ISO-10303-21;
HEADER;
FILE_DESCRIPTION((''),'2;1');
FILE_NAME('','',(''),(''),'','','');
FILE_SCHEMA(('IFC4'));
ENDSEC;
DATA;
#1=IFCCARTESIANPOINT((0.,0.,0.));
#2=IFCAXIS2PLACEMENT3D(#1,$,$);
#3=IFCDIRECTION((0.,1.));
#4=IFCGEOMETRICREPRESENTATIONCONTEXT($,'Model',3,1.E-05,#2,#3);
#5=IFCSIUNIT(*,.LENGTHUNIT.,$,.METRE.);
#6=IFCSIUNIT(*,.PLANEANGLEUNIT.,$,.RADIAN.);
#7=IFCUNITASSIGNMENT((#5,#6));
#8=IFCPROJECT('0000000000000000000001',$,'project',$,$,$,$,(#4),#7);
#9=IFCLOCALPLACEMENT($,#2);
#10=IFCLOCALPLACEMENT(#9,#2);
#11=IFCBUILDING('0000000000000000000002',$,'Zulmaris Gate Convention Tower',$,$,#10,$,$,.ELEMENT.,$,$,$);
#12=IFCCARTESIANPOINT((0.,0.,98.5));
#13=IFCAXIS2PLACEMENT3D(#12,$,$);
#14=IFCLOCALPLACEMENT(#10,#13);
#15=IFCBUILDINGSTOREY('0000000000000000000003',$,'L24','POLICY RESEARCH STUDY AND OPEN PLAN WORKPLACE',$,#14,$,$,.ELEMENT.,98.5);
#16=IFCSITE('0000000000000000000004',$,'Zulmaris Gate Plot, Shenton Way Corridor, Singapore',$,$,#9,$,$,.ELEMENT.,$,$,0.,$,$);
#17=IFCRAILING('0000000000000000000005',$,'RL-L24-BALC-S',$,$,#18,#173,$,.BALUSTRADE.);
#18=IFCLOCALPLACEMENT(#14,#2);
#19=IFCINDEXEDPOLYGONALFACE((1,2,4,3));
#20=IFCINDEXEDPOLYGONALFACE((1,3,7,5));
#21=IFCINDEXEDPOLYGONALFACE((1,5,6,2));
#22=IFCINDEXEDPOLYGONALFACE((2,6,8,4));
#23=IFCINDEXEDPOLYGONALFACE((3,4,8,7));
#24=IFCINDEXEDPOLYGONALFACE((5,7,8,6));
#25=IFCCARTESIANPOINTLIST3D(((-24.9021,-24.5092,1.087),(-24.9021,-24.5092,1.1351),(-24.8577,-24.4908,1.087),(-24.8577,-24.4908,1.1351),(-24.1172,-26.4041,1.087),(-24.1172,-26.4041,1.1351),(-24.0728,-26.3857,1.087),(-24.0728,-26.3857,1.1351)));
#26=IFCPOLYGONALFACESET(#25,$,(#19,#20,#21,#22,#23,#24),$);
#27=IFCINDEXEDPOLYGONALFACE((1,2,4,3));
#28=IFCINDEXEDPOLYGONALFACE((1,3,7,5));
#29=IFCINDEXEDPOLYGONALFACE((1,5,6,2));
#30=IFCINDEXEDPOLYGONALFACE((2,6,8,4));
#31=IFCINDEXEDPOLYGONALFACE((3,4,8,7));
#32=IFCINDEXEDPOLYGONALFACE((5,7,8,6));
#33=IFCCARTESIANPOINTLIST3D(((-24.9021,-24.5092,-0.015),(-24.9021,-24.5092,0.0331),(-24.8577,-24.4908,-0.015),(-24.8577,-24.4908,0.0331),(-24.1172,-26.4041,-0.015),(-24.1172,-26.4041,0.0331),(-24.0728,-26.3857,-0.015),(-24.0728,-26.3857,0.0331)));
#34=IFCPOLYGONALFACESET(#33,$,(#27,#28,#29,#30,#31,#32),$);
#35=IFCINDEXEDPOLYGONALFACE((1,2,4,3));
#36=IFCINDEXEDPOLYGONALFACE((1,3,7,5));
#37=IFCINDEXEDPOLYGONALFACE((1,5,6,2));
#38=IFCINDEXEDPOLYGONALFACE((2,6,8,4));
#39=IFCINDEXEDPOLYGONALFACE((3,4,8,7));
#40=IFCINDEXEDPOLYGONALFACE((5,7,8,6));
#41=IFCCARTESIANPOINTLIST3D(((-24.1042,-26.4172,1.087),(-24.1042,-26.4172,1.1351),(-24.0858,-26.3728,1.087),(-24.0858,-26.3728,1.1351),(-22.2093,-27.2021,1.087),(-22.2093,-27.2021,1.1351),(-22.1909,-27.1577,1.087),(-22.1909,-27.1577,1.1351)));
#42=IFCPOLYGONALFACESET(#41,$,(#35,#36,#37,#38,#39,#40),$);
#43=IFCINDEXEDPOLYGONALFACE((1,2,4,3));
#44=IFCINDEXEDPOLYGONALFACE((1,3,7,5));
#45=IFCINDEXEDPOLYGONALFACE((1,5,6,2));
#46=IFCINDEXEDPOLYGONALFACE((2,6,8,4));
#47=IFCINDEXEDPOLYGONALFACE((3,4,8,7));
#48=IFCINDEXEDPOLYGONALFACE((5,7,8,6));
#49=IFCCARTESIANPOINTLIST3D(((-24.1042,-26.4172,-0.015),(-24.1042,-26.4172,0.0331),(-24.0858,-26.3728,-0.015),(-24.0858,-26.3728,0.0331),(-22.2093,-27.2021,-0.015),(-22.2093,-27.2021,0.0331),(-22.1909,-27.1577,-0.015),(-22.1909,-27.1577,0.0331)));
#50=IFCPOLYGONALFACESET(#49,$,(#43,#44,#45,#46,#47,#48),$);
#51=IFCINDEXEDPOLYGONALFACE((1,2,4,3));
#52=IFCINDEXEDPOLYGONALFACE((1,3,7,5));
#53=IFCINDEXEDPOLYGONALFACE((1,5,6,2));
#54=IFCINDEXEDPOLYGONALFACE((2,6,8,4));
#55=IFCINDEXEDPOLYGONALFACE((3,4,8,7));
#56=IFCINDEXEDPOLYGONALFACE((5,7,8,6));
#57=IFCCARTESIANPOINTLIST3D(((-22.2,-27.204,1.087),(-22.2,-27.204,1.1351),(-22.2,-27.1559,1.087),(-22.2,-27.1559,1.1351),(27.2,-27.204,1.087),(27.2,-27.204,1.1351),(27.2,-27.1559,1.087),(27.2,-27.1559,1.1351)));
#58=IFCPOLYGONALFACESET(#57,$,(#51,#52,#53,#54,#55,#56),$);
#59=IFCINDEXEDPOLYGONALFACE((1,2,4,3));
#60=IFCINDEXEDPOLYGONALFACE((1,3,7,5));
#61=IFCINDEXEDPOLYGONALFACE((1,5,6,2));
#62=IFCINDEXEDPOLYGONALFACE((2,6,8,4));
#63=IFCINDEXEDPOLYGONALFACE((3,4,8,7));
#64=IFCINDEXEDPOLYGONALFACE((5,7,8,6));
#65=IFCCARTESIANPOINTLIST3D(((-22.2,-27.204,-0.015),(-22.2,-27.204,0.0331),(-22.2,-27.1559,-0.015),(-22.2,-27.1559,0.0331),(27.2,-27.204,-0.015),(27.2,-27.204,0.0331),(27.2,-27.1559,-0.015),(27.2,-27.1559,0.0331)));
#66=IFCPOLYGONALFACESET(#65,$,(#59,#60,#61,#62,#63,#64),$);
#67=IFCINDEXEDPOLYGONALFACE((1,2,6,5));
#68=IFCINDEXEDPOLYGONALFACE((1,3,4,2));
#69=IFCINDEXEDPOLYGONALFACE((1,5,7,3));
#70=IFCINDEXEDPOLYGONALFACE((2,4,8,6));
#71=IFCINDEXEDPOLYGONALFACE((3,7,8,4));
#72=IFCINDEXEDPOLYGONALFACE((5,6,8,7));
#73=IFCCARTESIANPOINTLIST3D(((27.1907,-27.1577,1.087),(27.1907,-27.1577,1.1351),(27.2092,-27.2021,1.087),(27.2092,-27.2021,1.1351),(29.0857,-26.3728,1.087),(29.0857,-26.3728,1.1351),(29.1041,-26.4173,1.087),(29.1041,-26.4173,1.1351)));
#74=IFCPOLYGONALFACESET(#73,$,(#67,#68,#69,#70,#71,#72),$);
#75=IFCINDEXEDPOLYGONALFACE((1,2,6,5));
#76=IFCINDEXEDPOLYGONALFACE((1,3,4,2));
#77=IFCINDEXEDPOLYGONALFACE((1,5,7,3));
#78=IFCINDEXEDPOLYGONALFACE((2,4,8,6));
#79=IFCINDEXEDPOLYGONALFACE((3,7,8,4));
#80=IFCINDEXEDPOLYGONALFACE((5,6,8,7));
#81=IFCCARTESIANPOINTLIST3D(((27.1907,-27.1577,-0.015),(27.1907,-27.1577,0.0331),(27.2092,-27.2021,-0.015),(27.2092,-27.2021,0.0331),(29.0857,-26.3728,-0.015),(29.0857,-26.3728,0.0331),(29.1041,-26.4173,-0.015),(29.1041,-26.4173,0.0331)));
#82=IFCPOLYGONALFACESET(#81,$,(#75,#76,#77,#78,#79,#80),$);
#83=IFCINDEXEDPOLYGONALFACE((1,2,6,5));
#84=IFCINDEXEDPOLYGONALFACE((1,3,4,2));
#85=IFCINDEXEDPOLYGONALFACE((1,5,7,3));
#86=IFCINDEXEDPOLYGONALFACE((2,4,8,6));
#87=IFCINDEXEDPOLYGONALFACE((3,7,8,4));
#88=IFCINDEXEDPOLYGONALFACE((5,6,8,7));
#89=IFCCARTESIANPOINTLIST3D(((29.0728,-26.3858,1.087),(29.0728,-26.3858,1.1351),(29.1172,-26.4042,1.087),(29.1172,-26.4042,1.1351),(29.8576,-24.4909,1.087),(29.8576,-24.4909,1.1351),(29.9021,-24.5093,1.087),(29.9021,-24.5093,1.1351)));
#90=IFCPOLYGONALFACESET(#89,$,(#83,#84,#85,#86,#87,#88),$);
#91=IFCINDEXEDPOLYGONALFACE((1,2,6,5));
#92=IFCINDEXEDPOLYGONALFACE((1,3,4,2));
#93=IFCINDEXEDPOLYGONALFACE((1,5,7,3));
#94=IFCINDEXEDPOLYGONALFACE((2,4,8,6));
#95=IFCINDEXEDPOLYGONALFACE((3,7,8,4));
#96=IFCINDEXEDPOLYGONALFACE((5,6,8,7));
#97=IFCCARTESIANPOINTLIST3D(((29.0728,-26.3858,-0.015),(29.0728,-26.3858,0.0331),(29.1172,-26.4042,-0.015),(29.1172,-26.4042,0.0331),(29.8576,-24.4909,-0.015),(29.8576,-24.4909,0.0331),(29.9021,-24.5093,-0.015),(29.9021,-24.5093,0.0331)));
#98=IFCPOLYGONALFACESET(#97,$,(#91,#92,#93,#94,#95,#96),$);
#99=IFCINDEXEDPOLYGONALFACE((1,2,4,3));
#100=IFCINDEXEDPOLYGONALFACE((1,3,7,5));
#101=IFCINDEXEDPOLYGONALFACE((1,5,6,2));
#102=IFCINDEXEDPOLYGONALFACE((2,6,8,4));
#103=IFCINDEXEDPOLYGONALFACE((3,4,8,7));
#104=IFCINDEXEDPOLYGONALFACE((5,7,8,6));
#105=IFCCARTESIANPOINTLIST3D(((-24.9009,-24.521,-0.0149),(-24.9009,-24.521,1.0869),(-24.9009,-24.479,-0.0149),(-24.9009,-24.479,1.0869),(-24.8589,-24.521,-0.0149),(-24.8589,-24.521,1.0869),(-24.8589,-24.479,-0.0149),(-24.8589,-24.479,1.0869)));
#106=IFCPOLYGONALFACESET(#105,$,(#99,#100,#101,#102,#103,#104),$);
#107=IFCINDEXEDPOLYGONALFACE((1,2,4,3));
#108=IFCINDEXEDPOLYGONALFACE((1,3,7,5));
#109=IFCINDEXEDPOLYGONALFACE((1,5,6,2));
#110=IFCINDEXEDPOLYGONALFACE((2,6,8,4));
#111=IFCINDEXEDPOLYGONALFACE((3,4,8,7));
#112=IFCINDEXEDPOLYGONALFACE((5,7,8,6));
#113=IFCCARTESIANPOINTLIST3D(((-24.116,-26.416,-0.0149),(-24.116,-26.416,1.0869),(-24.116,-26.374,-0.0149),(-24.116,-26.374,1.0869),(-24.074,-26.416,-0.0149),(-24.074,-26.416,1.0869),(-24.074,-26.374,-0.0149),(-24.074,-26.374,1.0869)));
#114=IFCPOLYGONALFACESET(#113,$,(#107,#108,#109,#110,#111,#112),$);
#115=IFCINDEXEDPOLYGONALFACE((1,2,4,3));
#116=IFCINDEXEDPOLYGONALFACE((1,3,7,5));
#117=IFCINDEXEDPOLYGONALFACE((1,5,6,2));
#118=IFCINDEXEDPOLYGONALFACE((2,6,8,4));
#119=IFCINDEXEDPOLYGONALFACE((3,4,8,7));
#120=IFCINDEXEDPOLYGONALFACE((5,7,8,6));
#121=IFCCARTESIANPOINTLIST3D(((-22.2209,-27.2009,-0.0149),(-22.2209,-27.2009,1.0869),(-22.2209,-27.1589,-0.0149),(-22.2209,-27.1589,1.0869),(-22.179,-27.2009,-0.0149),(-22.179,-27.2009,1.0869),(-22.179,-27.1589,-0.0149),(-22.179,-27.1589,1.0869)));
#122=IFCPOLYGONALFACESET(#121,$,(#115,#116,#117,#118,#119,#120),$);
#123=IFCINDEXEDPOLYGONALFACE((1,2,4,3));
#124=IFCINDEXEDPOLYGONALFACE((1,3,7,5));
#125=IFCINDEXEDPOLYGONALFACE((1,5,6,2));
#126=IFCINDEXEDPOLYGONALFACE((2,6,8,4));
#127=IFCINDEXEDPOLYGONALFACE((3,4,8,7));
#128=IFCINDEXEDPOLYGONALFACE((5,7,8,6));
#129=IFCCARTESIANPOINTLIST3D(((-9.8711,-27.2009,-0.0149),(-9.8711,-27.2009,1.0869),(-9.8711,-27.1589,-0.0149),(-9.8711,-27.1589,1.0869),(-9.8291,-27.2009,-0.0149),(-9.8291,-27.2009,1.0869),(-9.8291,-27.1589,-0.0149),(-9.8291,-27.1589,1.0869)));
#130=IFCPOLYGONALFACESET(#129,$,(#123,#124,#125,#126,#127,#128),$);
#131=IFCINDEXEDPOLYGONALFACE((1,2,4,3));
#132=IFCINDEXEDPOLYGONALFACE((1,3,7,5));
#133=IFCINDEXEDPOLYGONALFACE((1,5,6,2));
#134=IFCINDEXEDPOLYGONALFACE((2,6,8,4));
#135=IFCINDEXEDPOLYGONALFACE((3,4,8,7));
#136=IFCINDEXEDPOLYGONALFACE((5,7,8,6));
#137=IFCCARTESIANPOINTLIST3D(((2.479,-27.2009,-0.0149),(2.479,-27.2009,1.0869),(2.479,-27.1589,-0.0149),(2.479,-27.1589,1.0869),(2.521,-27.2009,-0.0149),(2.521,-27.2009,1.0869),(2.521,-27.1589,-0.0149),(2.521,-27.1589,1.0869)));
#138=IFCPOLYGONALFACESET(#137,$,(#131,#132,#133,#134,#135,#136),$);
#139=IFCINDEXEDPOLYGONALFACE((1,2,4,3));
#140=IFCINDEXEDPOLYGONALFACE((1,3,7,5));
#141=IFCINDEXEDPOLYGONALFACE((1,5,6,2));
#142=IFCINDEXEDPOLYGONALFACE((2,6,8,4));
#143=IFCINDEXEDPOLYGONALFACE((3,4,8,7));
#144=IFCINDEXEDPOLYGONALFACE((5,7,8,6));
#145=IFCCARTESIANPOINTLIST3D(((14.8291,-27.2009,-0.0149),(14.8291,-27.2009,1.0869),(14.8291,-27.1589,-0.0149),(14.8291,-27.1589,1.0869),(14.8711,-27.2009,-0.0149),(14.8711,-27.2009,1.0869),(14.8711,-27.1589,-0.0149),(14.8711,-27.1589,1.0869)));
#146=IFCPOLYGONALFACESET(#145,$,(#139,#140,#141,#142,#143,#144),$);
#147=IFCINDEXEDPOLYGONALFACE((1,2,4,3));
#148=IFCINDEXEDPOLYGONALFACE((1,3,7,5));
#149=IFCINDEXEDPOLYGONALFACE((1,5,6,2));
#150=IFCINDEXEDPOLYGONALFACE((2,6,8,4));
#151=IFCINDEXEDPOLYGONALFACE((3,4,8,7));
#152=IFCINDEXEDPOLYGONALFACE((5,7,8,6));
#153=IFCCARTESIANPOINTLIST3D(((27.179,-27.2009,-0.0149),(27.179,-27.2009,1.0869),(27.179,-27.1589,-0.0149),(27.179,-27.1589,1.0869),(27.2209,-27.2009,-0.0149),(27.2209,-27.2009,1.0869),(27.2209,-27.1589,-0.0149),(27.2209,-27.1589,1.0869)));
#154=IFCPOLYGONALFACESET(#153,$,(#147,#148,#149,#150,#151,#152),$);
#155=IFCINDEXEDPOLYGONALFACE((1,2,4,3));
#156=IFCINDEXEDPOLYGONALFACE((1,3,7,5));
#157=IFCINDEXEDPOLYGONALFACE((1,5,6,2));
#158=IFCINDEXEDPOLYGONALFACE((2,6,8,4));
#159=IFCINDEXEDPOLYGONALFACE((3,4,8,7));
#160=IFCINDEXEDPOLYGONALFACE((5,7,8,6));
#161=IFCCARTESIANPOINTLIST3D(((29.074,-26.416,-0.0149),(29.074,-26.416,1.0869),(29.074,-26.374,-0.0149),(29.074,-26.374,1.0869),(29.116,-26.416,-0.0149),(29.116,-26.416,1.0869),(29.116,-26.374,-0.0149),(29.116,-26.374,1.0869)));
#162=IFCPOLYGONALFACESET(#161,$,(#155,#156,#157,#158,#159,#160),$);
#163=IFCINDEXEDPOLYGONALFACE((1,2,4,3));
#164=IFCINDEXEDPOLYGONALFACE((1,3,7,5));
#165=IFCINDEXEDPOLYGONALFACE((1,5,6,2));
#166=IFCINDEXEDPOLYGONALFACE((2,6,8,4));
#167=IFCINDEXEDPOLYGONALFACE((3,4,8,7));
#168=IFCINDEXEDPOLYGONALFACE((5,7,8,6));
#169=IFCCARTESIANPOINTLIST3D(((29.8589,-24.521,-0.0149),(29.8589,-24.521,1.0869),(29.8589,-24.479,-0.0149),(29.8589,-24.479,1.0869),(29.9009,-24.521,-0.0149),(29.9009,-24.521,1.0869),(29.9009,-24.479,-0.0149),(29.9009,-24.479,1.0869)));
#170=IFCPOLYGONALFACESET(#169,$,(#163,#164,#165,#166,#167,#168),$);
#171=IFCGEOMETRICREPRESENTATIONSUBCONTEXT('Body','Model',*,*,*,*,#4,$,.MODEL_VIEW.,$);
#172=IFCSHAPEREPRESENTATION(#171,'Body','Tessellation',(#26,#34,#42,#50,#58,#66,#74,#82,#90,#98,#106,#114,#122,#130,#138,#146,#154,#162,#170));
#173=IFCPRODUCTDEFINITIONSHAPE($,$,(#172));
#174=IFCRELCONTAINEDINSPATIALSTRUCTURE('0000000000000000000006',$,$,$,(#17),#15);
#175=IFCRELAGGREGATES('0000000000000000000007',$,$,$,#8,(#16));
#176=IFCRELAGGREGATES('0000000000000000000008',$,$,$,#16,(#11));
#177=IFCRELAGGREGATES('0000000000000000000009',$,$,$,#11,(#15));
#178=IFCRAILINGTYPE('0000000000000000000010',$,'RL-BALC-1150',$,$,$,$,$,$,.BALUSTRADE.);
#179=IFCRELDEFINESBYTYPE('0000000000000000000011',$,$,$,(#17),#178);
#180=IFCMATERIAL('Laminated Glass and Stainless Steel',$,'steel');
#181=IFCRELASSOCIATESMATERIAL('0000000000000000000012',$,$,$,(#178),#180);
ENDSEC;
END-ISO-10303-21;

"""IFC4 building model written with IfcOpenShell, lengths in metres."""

from ifc_helpers import new_model, si_unit, direction, frame, origin, origin_2d, place, context, subcontext, project, spatial, rectangle, extrude, material, type_object, element, save


model = new_model("IFC4")

# Units and contexts
model_context = context("Model", 3, precision=1e-05, world=origin(), true_north=direction((0.0, 1.0)))
body_context = subcontext(model_context, "Body", "Model", "MODEL_VIEW")
ifc_project = project(units=[si_unit("LENGTHUNIT", "METRE"), si_unit("PLANEANGLEUNIT", "RADIAN")], contexts=[model_context])

# Site, building, storey
site_placement = place(None, origin())
site = spatial("IfcSite", under=ifc_project, at=site_placement, Name="Zulmaris Gate Plot, Shenton Way Corridor, Singapore", CompositionType="ELEMENT", RefElevation=0.0)
building_placement = place(site_placement, origin())
building = spatial("IfcBuilding", under=site, at=building_placement, Name="Zulmaris Gate Convention Tower", CompositionType="ELEMENT")
storey_placement = place(building_placement, frame((0.0, 0.0, 98.5)))
storey = spatial("IfcBuildingStorey", under=building, at=storey_placement, Name="L24", Description="POLICY RESEARCH STUDY AND OPEN PLAN WORKPLACE", CompositionType="ELEMENT", Elevation=98.5)

# Railing
ifc_material_1 = material(Name="Laminated Glass and Stainless Steel", Category="steel")
railing_type = type_object("IfcRailingType", Name="RL-BALC-1150", PredefinedType="BALUSTRADE", material=ifc_material_1)
railing_placement = place(storey_placement, frame((-24.8799, -24.5, -0.0149)))
element("IfcRailing", 1, at=railing_placement, inside=storey, type_object=railing_type, Name="RL-L24-BALC-S", PredefinedType="BALUSTRADE", context=body_context, shape_type="SweptSolid", body=[
    extrude(rectangle(XDim=0.0481, YDim=0.0481, at=origin_2d()), frame((0.0, 0.0, 1.126), z_axis=(0.382671, -0.923885, 0.0), x_axis=(0.923885, 0.382671, 0.0)), (0.0, 0.0, 1.0), 2.051),
    extrude(rectangle(XDim=0.0481, YDim=0.0481, at=origin_2d()), frame((0.0, 0.0, 0.0239), z_axis=(0.382671, -0.923885, 0.0), x_axis=(0.923885, 0.382671, 0.0)), (0.0, 0.0, 1.0), 2.051),
    extrude(rectangle(XDim=0.0481, YDim=0.0481, at=origin_2d()), frame((0.7849, -1.895, 1.126), z_axis=(0.923885, -0.382671, 0.0), x_axis=(0.382671, 0.923885, 0.0)), (0.0, 0.0, 1.0), 2.051),
    extrude(rectangle(XDim=0.0481, YDim=0.0481, at=origin_2d()), frame((0.7849, -1.895, 0.0239), z_axis=(0.923885, -0.382671, 0.0), x_axis=(0.382671, 0.923885, 0.0)), (0.0, 0.0, 1.0), 2.051),
    extrude(rectangle(XDim=0.0481, YDim=0.0481, at=origin_2d()), frame((2.6799, -2.6799, 1.126), z_axis=(1.0, 0.0, 0.0), x_axis=(0.0, 1.0, 0.0)), (0.0, 0.0, 1.0), 49.3999),
    extrude(rectangle(XDim=0.0481, YDim=0.0481, at=origin_2d()), frame((2.6799, -2.6799, 0.0239), z_axis=(1.0, 0.0, 0.0), x_axis=(0.0, 1.0, 0.0)), (0.0, 0.0, 1.0), 49.3999),
    extrude(rectangle(XDim=0.0481, YDim=0.0481, at=origin_2d()), frame((52.0798, -2.6799, 1.126), z_axis=(0.923885, 0.382671, 0.0), x_axis=(-0.382671, 0.923885, 0.0)), (0.0, 0.0, 1.0), 2.051),
    extrude(rectangle(XDim=0.0481, YDim=0.0481, at=origin_2d()), frame((52.0798, -2.6799, 0.0239), z_axis=(0.923885, 0.382671, 0.0), x_axis=(-0.382671, 0.923885, 0.0)), (0.0, 0.0, 1.0), 2.051),
    extrude(rectangle(XDim=0.0481, YDim=0.0481, at=origin_2d()), frame((53.9749, -1.895, 1.126), z_axis=(0.382671, 0.923885, 0.0), x_axis=(-0.923885, 0.382671, 0.0)), (0.0, 0.0, 1.0), 2.051),
    extrude(rectangle(XDim=0.0481, YDim=0.0481, at=origin_2d()), frame((53.9749, -1.895, 0.0239), z_axis=(0.382671, 0.923885, 0.0), x_axis=(-0.923885, 0.382671, 0.0)), (0.0, 0.0, 1.0), 2.051),
    extrude(rectangle(XDim=0.042, YDim=0.042, at=origin_2d()), origin(), (0.0, 0.0, 1.0), 1.1018),
    extrude(rectangle(XDim=0.042, YDim=0.042, at=origin_2d()), frame((0.7849, -1.895, 0.0)), (0.0, 0.0, 1.0), 1.1018),
    extrude(rectangle(XDim=0.042, YDim=0.042, at=origin_2d()), frame((2.6799, -2.6799, 0.0)), (0.0, 0.0, 1.0), 1.1018),
    extrude(rectangle(XDim=0.042, YDim=0.042, at=origin_2d()), frame((15.0298, -2.6799, 0.0)), (0.0, 0.0, 1.0), 1.1018),
    extrude(rectangle(XDim=0.042, YDim=0.042, at=origin_2d()), frame((27.3799, -2.6799, 0.0)), (0.0, 0.0, 1.0), 1.1018),
    extrude(rectangle(XDim=0.042, YDim=0.042, at=origin_2d()), frame((39.73, -2.6799, 0.0)), (0.0, 0.0, 1.0), 1.1018),
    extrude(rectangle(XDim=0.042, YDim=0.042, at=origin_2d()), frame((52.0798, -2.6799, 0.0)), (0.0, 0.0, 1.0), 1.1018),
    extrude(rectangle(XDim=0.042, YDim=0.042, at=origin_2d()), frame((53.9749, -1.895, 0.0)), (0.0, 0.0, 1.0), 1.1018),
    extrude(rectangle(XDim=0.042, YDim=0.042, at=origin_2d()), frame((54.7598, 0.0, 0.0)), (0.0, 0.0, 1.0), 1.1018),
])

save(model, "model.ifc")
